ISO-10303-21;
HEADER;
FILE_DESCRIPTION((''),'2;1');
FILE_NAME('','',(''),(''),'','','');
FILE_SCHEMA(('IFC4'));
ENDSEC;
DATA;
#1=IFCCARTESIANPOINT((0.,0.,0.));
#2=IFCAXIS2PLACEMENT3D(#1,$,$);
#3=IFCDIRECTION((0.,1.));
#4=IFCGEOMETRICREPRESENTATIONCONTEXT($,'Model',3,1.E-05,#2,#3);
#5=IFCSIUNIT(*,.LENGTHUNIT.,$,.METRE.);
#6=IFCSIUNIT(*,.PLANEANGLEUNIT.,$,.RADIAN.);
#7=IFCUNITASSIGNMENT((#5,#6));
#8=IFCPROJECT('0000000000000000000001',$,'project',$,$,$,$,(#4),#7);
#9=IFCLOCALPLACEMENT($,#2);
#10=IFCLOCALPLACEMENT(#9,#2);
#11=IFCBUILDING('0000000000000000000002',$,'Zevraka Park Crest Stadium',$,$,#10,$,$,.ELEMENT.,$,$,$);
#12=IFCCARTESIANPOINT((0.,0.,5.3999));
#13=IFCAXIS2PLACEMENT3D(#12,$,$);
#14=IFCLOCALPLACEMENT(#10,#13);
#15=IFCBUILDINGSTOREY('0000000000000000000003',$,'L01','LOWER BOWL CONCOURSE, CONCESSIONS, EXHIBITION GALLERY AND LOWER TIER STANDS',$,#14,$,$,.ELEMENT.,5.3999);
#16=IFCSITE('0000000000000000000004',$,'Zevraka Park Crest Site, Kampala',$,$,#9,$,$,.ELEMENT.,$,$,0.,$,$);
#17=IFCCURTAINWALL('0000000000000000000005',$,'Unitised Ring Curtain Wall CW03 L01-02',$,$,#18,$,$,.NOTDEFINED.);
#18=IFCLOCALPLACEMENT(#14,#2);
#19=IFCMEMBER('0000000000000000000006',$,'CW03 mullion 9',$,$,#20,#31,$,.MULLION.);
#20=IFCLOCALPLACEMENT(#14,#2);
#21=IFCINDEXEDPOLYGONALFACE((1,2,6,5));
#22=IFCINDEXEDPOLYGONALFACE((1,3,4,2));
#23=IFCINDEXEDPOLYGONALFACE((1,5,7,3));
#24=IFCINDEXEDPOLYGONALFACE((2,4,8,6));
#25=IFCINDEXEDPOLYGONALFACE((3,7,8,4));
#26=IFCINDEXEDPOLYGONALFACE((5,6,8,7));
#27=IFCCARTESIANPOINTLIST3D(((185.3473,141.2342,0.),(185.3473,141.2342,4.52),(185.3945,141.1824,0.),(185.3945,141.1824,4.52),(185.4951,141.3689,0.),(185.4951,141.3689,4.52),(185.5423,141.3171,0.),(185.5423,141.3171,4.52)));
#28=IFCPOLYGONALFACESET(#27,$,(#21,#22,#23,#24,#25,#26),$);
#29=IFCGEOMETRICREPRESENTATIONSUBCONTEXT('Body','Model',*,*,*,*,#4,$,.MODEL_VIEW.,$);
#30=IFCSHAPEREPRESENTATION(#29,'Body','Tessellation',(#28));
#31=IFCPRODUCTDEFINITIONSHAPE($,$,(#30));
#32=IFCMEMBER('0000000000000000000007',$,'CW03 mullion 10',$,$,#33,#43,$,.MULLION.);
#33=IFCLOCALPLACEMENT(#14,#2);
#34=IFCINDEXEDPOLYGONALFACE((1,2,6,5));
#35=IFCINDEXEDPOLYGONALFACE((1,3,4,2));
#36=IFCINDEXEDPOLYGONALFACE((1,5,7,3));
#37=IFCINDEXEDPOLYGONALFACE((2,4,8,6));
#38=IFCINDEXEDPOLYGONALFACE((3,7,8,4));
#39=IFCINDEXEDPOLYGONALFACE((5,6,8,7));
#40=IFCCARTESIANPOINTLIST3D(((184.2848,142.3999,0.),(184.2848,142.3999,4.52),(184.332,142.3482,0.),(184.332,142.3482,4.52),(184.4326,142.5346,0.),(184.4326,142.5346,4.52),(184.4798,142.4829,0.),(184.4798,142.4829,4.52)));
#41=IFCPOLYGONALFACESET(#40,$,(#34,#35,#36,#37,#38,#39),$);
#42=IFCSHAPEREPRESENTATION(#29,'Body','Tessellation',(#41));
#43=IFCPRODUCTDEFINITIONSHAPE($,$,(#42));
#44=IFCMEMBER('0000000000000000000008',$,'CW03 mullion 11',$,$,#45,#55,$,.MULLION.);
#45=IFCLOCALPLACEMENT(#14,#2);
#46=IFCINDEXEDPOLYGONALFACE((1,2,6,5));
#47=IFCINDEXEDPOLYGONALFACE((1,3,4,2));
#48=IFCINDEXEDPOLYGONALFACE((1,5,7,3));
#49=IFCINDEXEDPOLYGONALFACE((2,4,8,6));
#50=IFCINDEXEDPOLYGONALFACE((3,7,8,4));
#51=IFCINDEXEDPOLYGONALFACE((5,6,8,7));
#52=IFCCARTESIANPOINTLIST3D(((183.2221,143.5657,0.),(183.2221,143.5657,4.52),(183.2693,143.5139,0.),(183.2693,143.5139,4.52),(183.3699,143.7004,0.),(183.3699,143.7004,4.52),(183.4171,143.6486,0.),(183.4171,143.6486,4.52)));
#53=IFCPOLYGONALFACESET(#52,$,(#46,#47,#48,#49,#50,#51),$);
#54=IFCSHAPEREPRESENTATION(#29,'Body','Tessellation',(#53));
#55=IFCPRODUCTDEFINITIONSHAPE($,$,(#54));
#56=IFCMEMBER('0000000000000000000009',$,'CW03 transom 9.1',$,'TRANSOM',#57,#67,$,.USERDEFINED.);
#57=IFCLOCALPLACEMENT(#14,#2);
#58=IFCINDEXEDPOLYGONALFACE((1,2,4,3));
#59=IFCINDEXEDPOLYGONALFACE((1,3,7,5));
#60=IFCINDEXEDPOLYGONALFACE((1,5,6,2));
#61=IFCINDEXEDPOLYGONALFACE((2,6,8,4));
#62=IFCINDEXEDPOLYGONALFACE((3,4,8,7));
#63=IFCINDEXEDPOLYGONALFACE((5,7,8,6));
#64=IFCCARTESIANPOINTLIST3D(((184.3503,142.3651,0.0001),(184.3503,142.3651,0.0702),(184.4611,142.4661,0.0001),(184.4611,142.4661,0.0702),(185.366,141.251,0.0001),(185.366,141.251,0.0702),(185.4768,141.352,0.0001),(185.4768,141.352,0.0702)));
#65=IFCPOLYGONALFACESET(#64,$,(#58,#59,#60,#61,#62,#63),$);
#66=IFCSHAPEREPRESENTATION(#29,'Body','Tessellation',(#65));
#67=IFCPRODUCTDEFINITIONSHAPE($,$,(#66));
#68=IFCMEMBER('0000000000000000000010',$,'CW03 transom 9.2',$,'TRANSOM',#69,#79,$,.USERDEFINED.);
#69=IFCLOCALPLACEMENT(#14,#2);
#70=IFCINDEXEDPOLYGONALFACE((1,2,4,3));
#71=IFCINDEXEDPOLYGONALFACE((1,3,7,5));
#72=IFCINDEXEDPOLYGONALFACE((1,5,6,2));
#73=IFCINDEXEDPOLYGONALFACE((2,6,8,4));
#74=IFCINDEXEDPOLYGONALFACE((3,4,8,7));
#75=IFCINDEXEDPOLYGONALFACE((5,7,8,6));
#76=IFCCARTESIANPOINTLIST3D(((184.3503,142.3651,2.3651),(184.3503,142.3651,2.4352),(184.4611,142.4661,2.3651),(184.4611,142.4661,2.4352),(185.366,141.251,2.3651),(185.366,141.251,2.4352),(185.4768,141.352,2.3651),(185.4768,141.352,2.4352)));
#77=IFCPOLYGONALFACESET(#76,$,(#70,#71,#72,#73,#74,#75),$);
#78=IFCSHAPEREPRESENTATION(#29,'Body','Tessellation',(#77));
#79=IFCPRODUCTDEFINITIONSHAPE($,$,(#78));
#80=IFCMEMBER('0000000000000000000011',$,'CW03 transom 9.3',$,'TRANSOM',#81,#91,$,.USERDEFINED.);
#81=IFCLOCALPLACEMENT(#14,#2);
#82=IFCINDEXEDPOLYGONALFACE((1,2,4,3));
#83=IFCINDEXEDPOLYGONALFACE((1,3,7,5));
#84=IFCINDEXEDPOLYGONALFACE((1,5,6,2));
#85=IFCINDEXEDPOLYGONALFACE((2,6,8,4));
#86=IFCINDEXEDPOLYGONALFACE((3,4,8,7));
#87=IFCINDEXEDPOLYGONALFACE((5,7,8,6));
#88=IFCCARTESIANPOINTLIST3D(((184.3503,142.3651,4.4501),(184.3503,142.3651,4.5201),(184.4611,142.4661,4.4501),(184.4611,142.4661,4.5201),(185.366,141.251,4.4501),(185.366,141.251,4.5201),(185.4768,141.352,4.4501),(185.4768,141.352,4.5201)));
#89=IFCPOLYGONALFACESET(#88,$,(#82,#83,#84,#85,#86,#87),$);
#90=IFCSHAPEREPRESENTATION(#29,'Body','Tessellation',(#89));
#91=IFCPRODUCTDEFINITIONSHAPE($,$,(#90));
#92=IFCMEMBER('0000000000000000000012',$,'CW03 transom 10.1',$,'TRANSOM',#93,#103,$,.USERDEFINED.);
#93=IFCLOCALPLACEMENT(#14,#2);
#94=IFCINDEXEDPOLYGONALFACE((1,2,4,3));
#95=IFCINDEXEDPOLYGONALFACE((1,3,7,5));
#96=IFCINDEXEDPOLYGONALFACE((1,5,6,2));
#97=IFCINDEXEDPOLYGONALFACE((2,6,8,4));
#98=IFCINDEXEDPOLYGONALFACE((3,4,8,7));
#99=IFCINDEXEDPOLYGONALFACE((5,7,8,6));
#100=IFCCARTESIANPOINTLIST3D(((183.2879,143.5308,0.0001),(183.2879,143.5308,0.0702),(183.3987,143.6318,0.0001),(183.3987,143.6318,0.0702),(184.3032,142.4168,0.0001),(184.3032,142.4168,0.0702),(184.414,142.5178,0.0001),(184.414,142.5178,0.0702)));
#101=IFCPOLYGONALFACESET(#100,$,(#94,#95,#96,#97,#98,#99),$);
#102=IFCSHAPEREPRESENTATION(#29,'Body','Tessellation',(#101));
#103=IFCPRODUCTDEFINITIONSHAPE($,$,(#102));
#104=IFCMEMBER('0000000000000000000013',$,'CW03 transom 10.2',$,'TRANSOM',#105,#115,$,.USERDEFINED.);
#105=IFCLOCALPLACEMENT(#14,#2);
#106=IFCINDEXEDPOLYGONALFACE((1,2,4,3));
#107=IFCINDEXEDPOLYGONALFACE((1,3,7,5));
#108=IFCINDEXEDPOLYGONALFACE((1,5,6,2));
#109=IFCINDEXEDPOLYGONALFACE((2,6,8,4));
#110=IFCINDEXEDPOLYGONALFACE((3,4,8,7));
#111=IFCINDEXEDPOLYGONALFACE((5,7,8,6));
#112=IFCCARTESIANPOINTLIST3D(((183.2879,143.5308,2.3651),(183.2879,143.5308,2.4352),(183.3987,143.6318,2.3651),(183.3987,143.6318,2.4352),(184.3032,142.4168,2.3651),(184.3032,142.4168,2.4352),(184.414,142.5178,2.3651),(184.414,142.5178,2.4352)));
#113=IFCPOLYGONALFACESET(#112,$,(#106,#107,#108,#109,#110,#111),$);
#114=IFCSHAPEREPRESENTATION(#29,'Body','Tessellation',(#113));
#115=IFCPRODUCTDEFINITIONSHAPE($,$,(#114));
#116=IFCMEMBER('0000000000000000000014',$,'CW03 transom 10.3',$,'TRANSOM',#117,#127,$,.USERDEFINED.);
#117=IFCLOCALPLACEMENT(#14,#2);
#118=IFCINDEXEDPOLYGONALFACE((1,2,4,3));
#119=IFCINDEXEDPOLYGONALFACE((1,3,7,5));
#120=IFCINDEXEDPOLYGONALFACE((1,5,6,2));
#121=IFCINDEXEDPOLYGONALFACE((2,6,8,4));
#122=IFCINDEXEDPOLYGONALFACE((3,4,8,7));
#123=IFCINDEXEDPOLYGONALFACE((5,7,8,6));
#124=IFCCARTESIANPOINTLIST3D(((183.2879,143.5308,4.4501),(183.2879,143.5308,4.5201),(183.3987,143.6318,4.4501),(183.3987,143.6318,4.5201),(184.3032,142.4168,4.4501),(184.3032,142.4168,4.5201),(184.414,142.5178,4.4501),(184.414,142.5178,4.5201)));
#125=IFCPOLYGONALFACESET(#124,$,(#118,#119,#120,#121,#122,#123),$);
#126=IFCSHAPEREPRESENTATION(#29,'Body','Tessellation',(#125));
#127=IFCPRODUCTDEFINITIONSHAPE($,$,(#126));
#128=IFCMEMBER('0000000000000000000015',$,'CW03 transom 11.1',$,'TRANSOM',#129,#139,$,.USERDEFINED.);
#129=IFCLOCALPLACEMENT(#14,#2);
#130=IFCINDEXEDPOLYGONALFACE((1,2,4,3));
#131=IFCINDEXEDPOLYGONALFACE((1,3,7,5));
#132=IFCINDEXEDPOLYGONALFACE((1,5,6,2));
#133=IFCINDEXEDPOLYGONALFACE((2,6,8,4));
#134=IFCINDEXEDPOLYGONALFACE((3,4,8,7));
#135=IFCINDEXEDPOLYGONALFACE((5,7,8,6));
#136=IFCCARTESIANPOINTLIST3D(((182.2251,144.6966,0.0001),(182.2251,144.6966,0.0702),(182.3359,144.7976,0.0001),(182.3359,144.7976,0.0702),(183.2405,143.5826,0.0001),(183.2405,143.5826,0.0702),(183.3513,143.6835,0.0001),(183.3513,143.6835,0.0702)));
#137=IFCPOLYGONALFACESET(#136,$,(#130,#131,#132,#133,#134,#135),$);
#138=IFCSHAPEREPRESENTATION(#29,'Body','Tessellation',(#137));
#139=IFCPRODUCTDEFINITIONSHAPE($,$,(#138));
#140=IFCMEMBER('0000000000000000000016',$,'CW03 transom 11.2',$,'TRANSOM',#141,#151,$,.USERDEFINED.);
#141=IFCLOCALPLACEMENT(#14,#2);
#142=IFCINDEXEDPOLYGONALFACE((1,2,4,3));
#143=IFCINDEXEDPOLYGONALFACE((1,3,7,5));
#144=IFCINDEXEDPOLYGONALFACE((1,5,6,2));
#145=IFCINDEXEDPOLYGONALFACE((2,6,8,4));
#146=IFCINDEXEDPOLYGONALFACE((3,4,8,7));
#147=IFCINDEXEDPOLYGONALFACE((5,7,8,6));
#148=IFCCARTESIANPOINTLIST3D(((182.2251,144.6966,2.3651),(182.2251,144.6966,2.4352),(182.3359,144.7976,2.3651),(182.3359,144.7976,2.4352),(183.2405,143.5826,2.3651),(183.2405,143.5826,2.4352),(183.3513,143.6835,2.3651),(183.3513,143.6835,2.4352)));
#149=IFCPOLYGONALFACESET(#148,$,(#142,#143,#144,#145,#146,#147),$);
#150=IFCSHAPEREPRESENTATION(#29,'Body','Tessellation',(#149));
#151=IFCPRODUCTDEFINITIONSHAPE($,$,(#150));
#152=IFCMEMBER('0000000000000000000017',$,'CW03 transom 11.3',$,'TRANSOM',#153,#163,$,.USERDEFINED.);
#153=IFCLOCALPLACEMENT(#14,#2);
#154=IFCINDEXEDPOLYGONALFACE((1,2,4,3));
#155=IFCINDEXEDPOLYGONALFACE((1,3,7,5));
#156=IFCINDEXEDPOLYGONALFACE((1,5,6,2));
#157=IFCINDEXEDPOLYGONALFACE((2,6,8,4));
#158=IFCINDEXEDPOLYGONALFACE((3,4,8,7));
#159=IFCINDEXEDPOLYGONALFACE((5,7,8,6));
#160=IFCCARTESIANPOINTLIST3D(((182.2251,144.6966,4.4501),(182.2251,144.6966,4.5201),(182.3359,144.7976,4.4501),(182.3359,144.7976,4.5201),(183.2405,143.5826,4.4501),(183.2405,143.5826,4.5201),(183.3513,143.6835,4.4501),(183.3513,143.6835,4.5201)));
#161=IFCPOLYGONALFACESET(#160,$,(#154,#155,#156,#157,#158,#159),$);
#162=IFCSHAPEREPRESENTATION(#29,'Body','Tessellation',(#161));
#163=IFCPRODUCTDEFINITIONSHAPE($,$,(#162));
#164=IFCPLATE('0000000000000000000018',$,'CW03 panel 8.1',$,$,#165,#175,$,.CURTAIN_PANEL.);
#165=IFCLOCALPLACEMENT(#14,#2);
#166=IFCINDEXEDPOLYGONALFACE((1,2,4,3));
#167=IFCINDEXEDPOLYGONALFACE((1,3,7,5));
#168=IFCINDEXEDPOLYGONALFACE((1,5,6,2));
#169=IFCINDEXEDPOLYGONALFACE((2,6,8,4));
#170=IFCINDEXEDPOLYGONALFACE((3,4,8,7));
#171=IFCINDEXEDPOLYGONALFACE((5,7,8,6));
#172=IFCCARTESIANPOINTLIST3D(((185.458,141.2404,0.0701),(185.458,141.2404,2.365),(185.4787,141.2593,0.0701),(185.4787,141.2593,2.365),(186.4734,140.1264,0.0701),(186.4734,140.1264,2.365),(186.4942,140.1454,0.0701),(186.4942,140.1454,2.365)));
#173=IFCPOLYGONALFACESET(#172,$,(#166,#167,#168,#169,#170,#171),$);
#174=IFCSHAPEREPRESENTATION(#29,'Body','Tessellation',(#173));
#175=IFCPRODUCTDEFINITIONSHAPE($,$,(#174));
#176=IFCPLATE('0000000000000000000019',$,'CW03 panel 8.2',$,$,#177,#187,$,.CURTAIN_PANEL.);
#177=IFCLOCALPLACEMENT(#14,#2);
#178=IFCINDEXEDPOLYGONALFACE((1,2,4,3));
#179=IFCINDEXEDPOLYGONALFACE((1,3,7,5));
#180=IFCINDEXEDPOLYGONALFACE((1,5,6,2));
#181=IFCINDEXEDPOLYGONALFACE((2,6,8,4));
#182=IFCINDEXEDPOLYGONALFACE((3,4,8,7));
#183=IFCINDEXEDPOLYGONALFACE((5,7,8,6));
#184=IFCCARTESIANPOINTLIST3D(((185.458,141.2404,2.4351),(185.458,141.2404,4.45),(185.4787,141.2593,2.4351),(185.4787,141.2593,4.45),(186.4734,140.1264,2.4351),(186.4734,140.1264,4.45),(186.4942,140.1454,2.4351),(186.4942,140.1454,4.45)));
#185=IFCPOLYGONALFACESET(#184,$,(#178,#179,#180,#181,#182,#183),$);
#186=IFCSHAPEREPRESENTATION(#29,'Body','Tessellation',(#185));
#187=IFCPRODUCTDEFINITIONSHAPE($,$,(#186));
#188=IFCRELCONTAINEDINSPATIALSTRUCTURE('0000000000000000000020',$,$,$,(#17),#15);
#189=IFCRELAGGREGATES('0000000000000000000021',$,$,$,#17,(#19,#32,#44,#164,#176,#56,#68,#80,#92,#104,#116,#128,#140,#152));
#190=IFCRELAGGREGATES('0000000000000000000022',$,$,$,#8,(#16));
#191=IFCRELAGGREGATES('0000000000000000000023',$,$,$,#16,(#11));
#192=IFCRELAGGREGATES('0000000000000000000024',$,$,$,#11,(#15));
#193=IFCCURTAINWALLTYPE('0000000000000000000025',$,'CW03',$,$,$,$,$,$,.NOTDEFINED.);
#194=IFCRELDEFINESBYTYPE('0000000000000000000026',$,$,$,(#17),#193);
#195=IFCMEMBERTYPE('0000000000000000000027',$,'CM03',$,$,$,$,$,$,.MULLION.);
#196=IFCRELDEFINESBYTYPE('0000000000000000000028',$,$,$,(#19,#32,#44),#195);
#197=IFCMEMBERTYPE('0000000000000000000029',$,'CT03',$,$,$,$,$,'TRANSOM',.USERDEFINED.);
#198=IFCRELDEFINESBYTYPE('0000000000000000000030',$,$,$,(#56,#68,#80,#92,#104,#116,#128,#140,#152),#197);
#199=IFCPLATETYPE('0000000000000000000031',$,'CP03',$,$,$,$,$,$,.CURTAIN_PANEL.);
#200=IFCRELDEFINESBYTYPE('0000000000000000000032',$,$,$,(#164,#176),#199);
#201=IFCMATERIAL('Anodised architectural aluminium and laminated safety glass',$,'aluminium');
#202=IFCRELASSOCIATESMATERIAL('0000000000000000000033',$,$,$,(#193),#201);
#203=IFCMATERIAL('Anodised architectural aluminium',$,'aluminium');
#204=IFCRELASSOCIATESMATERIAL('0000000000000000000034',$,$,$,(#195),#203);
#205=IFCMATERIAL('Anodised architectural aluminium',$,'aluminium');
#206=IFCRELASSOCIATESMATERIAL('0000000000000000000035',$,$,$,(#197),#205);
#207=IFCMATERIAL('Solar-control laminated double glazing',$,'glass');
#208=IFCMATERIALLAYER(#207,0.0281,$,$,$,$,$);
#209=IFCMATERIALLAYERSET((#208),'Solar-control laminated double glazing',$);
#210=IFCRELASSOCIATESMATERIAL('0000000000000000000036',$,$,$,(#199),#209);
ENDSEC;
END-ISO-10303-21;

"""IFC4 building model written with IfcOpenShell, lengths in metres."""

from ifc_helpers import new_model, si_unit, direction, frame, origin, origin_2d, place, context, subcontext, project, spatial, rectangle, extrude, material, layer, layer_set, material_profile, profile_set, type_object, element, aggregate, save


model = new_model("IFC4")

# Units and contexts
model_context = context("Model", 3, precision=1e-05, world=origin(), true_north=direction((0.0, 1.0)))
body_context = subcontext(model_context, "Body", "Model", "MODEL_VIEW")
ifc_project = project(units=[si_unit("LENGTHUNIT", "METRE"), si_unit("PLANEANGLEUNIT", "RADIAN")], contexts=[model_context])

# Site, building, storey
site_placement = place(None, origin())
site = spatial("IfcSite", under=ifc_project, at=site_placement, Name="Zevraka Park Crest Site, Kampala", CompositionType="ELEMENT", RefElevation=0.0)
building_placement = place(site_placement, origin())
building = spatial("IfcBuilding", under=site, at=building_placement, Name="Zevraka Park Crest Stadium", CompositionType="ELEMENT")
storey_placement = place(building_placement, frame((0.0, 0.0, 5.3999)))
storey = spatial("IfcBuildingStorey", under=building, at=storey_placement, Name="L01", Description="LOWER BOWL CONCOURSE, CONCESSIONS, EXHIBITION GALLERY AND LOWER TIER STANDS", CompositionType="ELEMENT", Elevation=5.3999)

# Curtain wall, members, plates
ifc_material_1 = material(Name="Anodised architectural aluminium and laminated safety glass", Category="aluminium")
curtain_wall_type = type_object("IfcCurtainWallType", Name="CW03", PredefinedType="NOTDEFINED", material=ifc_material_1)
curtain_wall_placement = place(storey_placement, origin())
curtain_wall = element("IfcCurtainWall", 1, at=curtain_wall_placement, inside=storey, type_object=curtain_wall_type, Name="Unitised Ring Curtain Wall CW03 L01-02", PredefinedType="NOTDEFINED")
ifc_material_2 = material(Name="Anodised architectural aluminium", Category="aluminium")
ifc_material_profile_1 = material_profile(ifc_material_2, rectangle(XDim=0.2, YDim=0.0701, at=origin_2d()), Name="ALU MULLION 200x70")
ifc_profile_set_1 = profile_set([ifc_material_profile_1], Name="Anodised architectural aluminium")
member_type_1 = type_object("IfcMemberType", Name="CM03", PredefinedType="MULLION", material=ifc_profile_set_1)
member_1_placement = place(storey_placement, frame((185.4448, 141.2756, 0.0), z_axis=(0.0, 0.0, 1.0), x_axis=(-0.739023, -0.67368, 0.0)))
member_1 = element("IfcMember", 2, at=member_1_placement, type_object=member_type_1, Name="CW03 mullion 9", PredefinedType="MULLION", context=body_context, shape_type="SweptSolid", body=[
    extrude(rectangle(XDim=0.2, YDim=0.0701, at=origin_2d()), origin(), (0.0, 0.0, 1.0), 4.52),
])
member_2_placement = place(storey_placement, frame((184.3823, 142.4414, 0.0), z_axis=(0.0, 0.0, 1.0), x_axis=(-0.739023, -0.67368, 0.0)))
member_2 = element("IfcMember", 3, at=member_2_placement, type_object=member_type_1, Name="CW03 mullion 10", PredefinedType="MULLION", context=body_context, shape_type="SweptSolid", body=[
    extrude(rectangle(XDim=0.2, YDim=0.0701, at=origin_2d()), origin(), (0.0, 0.0, 1.0), 4.52),
])
member_3_placement = place(storey_placement, frame((183.3196, 143.6072, 0.0), z_axis=(0.0, 0.0, 1.0), x_axis=(-0.739023, -0.67368, 0.0)))
member_3 = element("IfcMember", 4, at=member_3_placement, type_object=member_type_1, Name="CW03 mullion 11", PredefinedType="MULLION", context=body_context, shape_type="SweptSolid", body=[
    extrude(rectangle(XDim=0.2, YDim=0.0701, at=origin_2d()), origin(), (0.0, 0.0, 1.0), 4.52),
])
ifc_material_3 = material(Name="Anodised architectural aluminium", Category="aluminium")
ifc_material_profile_2 = material_profile(ifc_material_3, rectangle(XDim=0.1499, YDim=0.0701, at=origin_2d()), Name="ALU TRANSOM 150x70")
ifc_profile_set_2 = profile_set([ifc_material_profile_2], Name="Anodised architectural aluminium")
member_type_2 = type_object("IfcMemberType", Name="CT03", ElementType="TRANSOM", PredefinedType="USERDEFINED", material=ifc_profile_set_2)
member_4_placement = place(storey_placement, frame((185.4214, 141.3015, 0.0352), z_axis=(-0.67372, 0.738987, 0.0), x_axis=(-0.738987, -0.67372, 0.0)))
member_4 = element("IfcMember", 5, at=member_4_placement, type_object=member_type_2, Name="CW03 transom 9.1", ObjectType="TRANSOM", PredefinedType="USERDEFINED", context=body_context, shape_type="SweptSolid", body=[
    extrude(rectangle(XDim=0.1499, YDim=0.0701, at=origin_2d()), origin(), (0.0, 0.0, 1.0), 1.5076),
])
member_5_placement = place(storey_placement, frame((185.4214, 141.3015, 2.4001), z_axis=(-0.67372, 0.738987, 0.0), x_axis=(-0.738987, -0.67372, 0.0)))
member_5 = element("IfcMember", 6, at=member_5_placement, type_object=member_type_2, Name="CW03 transom 9.2", ObjectType="TRANSOM", PredefinedType="USERDEFINED", context=body_context, shape_type="SweptSolid", body=[
    extrude(rectangle(XDim=0.1499, YDim=0.0701, at=origin_2d()), origin(), (0.0, 0.0, 1.0), 1.5076),
])
member_6_placement = place(storey_placement, frame((185.4214, 141.3015, 4.4851), z_axis=(-0.67372, 0.738987, 0.0), x_axis=(-0.738987, -0.67372, 0.0)))
member_6 = element("IfcMember", 7, at=member_6_placement, type_object=member_type_2, Name="CW03 transom 9.3", ObjectType="TRANSOM", PredefinedType="USERDEFINED", context=body_context, shape_type="SweptSolid", body=[
    extrude(rectangle(XDim=0.1499, YDim=0.0701, at=origin_2d()), origin(), (0.0, 0.0, 1.0), 1.5076),
])
member_7_placement = place(storey_placement, frame((184.3586, 142.4673, 0.0352), z_axis=(-0.673632, 0.739067, 0.0), x_axis=(-0.739067, -0.673632, 0.0)))
member_7 = element("IfcMember", 8, at=member_7_placement, type_object=member_type_2, Name="CW03 transom 10.1", ObjectType="TRANSOM", PredefinedType="USERDEFINED", context=body_context, shape_type="SweptSolid", body=[
    extrude(rectangle(XDim=0.1499, YDim=0.0701, at=origin_2d()), origin(), (0.0, 0.0, 1.0), 1.5073),
])
member_8_placement = place(storey_placement, frame((184.3586, 142.4673, 2.4001), z_axis=(-0.673632, 0.739067, 0.0), x_axis=(-0.739067, -0.673632, 0.0)))
member_8 = element("IfcMember", 9, at=member_8_placement, type_object=member_type_2, Name="CW03 transom 10.2", ObjectType="TRANSOM", PredefinedType="USERDEFINED", context=body_context, shape_type="SweptSolid", body=[
    extrude(rectangle(XDim=0.1499, YDim=0.0701, at=origin_2d()), origin(), (0.0, 0.0, 1.0), 1.5073),
])
member_9_placement = place(storey_placement, frame((184.3586, 142.4673, 4.4851), z_axis=(-0.673632, 0.739067, 0.0), x_axis=(-0.739067, -0.673632, 0.0)))
member_9 = element("IfcMember", 10, at=member_9_placement, type_object=member_type_2, Name="CW03 transom 10.3", ObjectType="TRANSOM", PredefinedType="USERDEFINED", context=body_context, shape_type="SweptSolid", body=[
    extrude(rectangle(XDim=0.1499, YDim=0.0701, at=origin_2d()), origin(), (0.0, 0.0, 1.0), 1.5073),
])
member_10_placement = place(storey_placement, frame((183.2959, 143.6331, 0.0352), z_axis=(-0.673632, 0.739067, 0.0), x_axis=(-0.739067, -0.673632, 0.0)))
member_10 = element("IfcMember", 11, at=member_10_placement, type_object=member_type_2, Name="CW03 transom 11.1", ObjectType="TRANSOM", PredefinedType="USERDEFINED", context=body_context, shape_type="SweptSolid", body=[
    extrude(rectangle(XDim=0.1499, YDim=0.0701, at=origin_2d()), origin(), (0.0, 0.0, 1.0), 1.5073),
])
member_11_placement = place(storey_placement, frame((183.2959, 143.6331, 2.4001), z_axis=(-0.673632, 0.739067, 0.0), x_axis=(-0.739067, -0.673632, 0.0)))
member_11 = element("IfcMember", 12, at=member_11_placement, type_object=member_type_2, Name="CW03 transom 11.2", ObjectType="TRANSOM", PredefinedType="USERDEFINED", context=body_context, shape_type="SweptSolid", body=[
    extrude(rectangle(XDim=0.1499, YDim=0.0701, at=origin_2d()), origin(), (0.0, 0.0, 1.0), 1.5073),
])
member_12_placement = place(storey_placement, frame((183.2959, 143.6331, 4.4851), z_axis=(-0.673632, 0.739067, 0.0), x_axis=(-0.739067, -0.673632, 0.0)))
member_12 = element("IfcMember", 13, at=member_12_placement, type_object=member_type_2, Name="CW03 transom 11.3", ObjectType="TRANSOM", PredefinedType="USERDEFINED", context=body_context, shape_type="SweptSolid", body=[
    extrude(rectangle(XDim=0.1499, YDim=0.0701, at=origin_2d()), origin(), (0.0, 0.0, 1.0), 1.5073),
])
ifc_material_4 = material(Name="Solar-control laminated double glazing", Category="glass")
ifc_layer_1 = layer(ifc_material_4, 0.0281)
ifc_layer_set_1 = layer_set([ifc_layer_1], Name="Solar-control laminated double glazing")
plate_type = type_object("IfcPlateType", Name="CP03", PredefinedType="CURTAIN_PANEL", material=ifc_layer_set_1)
plate_1_placement = place(storey_placement, frame((185.9761, 140.6929, 0.0701), z_axis=(0.0, 0.0, 1.0), x_axis=(-0.67368, 0.739023, 0.0)))
plate_1 = element("IfcPlate", 14, at=plate_1_placement, type_object=plate_type, Name="CW03 panel 8.1", PredefinedType="CURTAIN_PANEL", context=body_context, shape_type="SweptSolid", body=[
    extrude(rectangle(XDim=1.5073, YDim=0.0281, at=origin_2d()), origin(), (0.0, 0.0, 1.0), 2.2949),
])
plate_2_placement = place(storey_placement, frame((185.9761, 140.6929, 2.4351), z_axis=(0.0, 0.0, 1.0), x_axis=(-0.67368, 0.739023, 0.0)))
plate_2 = element("IfcPlate", 15, at=plate_2_placement, type_object=plate_type, Name="CW03 panel 8.2", PredefinedType="CURTAIN_PANEL", context=body_context, shape_type="SweptSolid", body=[
    extrude(rectangle(XDim=1.5073, YDim=0.0281, at=origin_2d()), origin(), (0.0, 0.0, 1.0), 2.0149),
])
aggregate(curtain_wall, [member_1, member_2, member_3, plate_1, plate_2, member_4, member_5, member_6, member_7, member_8, member_9, member_10, member_11, member_12])

save(model, "model.ifc")
